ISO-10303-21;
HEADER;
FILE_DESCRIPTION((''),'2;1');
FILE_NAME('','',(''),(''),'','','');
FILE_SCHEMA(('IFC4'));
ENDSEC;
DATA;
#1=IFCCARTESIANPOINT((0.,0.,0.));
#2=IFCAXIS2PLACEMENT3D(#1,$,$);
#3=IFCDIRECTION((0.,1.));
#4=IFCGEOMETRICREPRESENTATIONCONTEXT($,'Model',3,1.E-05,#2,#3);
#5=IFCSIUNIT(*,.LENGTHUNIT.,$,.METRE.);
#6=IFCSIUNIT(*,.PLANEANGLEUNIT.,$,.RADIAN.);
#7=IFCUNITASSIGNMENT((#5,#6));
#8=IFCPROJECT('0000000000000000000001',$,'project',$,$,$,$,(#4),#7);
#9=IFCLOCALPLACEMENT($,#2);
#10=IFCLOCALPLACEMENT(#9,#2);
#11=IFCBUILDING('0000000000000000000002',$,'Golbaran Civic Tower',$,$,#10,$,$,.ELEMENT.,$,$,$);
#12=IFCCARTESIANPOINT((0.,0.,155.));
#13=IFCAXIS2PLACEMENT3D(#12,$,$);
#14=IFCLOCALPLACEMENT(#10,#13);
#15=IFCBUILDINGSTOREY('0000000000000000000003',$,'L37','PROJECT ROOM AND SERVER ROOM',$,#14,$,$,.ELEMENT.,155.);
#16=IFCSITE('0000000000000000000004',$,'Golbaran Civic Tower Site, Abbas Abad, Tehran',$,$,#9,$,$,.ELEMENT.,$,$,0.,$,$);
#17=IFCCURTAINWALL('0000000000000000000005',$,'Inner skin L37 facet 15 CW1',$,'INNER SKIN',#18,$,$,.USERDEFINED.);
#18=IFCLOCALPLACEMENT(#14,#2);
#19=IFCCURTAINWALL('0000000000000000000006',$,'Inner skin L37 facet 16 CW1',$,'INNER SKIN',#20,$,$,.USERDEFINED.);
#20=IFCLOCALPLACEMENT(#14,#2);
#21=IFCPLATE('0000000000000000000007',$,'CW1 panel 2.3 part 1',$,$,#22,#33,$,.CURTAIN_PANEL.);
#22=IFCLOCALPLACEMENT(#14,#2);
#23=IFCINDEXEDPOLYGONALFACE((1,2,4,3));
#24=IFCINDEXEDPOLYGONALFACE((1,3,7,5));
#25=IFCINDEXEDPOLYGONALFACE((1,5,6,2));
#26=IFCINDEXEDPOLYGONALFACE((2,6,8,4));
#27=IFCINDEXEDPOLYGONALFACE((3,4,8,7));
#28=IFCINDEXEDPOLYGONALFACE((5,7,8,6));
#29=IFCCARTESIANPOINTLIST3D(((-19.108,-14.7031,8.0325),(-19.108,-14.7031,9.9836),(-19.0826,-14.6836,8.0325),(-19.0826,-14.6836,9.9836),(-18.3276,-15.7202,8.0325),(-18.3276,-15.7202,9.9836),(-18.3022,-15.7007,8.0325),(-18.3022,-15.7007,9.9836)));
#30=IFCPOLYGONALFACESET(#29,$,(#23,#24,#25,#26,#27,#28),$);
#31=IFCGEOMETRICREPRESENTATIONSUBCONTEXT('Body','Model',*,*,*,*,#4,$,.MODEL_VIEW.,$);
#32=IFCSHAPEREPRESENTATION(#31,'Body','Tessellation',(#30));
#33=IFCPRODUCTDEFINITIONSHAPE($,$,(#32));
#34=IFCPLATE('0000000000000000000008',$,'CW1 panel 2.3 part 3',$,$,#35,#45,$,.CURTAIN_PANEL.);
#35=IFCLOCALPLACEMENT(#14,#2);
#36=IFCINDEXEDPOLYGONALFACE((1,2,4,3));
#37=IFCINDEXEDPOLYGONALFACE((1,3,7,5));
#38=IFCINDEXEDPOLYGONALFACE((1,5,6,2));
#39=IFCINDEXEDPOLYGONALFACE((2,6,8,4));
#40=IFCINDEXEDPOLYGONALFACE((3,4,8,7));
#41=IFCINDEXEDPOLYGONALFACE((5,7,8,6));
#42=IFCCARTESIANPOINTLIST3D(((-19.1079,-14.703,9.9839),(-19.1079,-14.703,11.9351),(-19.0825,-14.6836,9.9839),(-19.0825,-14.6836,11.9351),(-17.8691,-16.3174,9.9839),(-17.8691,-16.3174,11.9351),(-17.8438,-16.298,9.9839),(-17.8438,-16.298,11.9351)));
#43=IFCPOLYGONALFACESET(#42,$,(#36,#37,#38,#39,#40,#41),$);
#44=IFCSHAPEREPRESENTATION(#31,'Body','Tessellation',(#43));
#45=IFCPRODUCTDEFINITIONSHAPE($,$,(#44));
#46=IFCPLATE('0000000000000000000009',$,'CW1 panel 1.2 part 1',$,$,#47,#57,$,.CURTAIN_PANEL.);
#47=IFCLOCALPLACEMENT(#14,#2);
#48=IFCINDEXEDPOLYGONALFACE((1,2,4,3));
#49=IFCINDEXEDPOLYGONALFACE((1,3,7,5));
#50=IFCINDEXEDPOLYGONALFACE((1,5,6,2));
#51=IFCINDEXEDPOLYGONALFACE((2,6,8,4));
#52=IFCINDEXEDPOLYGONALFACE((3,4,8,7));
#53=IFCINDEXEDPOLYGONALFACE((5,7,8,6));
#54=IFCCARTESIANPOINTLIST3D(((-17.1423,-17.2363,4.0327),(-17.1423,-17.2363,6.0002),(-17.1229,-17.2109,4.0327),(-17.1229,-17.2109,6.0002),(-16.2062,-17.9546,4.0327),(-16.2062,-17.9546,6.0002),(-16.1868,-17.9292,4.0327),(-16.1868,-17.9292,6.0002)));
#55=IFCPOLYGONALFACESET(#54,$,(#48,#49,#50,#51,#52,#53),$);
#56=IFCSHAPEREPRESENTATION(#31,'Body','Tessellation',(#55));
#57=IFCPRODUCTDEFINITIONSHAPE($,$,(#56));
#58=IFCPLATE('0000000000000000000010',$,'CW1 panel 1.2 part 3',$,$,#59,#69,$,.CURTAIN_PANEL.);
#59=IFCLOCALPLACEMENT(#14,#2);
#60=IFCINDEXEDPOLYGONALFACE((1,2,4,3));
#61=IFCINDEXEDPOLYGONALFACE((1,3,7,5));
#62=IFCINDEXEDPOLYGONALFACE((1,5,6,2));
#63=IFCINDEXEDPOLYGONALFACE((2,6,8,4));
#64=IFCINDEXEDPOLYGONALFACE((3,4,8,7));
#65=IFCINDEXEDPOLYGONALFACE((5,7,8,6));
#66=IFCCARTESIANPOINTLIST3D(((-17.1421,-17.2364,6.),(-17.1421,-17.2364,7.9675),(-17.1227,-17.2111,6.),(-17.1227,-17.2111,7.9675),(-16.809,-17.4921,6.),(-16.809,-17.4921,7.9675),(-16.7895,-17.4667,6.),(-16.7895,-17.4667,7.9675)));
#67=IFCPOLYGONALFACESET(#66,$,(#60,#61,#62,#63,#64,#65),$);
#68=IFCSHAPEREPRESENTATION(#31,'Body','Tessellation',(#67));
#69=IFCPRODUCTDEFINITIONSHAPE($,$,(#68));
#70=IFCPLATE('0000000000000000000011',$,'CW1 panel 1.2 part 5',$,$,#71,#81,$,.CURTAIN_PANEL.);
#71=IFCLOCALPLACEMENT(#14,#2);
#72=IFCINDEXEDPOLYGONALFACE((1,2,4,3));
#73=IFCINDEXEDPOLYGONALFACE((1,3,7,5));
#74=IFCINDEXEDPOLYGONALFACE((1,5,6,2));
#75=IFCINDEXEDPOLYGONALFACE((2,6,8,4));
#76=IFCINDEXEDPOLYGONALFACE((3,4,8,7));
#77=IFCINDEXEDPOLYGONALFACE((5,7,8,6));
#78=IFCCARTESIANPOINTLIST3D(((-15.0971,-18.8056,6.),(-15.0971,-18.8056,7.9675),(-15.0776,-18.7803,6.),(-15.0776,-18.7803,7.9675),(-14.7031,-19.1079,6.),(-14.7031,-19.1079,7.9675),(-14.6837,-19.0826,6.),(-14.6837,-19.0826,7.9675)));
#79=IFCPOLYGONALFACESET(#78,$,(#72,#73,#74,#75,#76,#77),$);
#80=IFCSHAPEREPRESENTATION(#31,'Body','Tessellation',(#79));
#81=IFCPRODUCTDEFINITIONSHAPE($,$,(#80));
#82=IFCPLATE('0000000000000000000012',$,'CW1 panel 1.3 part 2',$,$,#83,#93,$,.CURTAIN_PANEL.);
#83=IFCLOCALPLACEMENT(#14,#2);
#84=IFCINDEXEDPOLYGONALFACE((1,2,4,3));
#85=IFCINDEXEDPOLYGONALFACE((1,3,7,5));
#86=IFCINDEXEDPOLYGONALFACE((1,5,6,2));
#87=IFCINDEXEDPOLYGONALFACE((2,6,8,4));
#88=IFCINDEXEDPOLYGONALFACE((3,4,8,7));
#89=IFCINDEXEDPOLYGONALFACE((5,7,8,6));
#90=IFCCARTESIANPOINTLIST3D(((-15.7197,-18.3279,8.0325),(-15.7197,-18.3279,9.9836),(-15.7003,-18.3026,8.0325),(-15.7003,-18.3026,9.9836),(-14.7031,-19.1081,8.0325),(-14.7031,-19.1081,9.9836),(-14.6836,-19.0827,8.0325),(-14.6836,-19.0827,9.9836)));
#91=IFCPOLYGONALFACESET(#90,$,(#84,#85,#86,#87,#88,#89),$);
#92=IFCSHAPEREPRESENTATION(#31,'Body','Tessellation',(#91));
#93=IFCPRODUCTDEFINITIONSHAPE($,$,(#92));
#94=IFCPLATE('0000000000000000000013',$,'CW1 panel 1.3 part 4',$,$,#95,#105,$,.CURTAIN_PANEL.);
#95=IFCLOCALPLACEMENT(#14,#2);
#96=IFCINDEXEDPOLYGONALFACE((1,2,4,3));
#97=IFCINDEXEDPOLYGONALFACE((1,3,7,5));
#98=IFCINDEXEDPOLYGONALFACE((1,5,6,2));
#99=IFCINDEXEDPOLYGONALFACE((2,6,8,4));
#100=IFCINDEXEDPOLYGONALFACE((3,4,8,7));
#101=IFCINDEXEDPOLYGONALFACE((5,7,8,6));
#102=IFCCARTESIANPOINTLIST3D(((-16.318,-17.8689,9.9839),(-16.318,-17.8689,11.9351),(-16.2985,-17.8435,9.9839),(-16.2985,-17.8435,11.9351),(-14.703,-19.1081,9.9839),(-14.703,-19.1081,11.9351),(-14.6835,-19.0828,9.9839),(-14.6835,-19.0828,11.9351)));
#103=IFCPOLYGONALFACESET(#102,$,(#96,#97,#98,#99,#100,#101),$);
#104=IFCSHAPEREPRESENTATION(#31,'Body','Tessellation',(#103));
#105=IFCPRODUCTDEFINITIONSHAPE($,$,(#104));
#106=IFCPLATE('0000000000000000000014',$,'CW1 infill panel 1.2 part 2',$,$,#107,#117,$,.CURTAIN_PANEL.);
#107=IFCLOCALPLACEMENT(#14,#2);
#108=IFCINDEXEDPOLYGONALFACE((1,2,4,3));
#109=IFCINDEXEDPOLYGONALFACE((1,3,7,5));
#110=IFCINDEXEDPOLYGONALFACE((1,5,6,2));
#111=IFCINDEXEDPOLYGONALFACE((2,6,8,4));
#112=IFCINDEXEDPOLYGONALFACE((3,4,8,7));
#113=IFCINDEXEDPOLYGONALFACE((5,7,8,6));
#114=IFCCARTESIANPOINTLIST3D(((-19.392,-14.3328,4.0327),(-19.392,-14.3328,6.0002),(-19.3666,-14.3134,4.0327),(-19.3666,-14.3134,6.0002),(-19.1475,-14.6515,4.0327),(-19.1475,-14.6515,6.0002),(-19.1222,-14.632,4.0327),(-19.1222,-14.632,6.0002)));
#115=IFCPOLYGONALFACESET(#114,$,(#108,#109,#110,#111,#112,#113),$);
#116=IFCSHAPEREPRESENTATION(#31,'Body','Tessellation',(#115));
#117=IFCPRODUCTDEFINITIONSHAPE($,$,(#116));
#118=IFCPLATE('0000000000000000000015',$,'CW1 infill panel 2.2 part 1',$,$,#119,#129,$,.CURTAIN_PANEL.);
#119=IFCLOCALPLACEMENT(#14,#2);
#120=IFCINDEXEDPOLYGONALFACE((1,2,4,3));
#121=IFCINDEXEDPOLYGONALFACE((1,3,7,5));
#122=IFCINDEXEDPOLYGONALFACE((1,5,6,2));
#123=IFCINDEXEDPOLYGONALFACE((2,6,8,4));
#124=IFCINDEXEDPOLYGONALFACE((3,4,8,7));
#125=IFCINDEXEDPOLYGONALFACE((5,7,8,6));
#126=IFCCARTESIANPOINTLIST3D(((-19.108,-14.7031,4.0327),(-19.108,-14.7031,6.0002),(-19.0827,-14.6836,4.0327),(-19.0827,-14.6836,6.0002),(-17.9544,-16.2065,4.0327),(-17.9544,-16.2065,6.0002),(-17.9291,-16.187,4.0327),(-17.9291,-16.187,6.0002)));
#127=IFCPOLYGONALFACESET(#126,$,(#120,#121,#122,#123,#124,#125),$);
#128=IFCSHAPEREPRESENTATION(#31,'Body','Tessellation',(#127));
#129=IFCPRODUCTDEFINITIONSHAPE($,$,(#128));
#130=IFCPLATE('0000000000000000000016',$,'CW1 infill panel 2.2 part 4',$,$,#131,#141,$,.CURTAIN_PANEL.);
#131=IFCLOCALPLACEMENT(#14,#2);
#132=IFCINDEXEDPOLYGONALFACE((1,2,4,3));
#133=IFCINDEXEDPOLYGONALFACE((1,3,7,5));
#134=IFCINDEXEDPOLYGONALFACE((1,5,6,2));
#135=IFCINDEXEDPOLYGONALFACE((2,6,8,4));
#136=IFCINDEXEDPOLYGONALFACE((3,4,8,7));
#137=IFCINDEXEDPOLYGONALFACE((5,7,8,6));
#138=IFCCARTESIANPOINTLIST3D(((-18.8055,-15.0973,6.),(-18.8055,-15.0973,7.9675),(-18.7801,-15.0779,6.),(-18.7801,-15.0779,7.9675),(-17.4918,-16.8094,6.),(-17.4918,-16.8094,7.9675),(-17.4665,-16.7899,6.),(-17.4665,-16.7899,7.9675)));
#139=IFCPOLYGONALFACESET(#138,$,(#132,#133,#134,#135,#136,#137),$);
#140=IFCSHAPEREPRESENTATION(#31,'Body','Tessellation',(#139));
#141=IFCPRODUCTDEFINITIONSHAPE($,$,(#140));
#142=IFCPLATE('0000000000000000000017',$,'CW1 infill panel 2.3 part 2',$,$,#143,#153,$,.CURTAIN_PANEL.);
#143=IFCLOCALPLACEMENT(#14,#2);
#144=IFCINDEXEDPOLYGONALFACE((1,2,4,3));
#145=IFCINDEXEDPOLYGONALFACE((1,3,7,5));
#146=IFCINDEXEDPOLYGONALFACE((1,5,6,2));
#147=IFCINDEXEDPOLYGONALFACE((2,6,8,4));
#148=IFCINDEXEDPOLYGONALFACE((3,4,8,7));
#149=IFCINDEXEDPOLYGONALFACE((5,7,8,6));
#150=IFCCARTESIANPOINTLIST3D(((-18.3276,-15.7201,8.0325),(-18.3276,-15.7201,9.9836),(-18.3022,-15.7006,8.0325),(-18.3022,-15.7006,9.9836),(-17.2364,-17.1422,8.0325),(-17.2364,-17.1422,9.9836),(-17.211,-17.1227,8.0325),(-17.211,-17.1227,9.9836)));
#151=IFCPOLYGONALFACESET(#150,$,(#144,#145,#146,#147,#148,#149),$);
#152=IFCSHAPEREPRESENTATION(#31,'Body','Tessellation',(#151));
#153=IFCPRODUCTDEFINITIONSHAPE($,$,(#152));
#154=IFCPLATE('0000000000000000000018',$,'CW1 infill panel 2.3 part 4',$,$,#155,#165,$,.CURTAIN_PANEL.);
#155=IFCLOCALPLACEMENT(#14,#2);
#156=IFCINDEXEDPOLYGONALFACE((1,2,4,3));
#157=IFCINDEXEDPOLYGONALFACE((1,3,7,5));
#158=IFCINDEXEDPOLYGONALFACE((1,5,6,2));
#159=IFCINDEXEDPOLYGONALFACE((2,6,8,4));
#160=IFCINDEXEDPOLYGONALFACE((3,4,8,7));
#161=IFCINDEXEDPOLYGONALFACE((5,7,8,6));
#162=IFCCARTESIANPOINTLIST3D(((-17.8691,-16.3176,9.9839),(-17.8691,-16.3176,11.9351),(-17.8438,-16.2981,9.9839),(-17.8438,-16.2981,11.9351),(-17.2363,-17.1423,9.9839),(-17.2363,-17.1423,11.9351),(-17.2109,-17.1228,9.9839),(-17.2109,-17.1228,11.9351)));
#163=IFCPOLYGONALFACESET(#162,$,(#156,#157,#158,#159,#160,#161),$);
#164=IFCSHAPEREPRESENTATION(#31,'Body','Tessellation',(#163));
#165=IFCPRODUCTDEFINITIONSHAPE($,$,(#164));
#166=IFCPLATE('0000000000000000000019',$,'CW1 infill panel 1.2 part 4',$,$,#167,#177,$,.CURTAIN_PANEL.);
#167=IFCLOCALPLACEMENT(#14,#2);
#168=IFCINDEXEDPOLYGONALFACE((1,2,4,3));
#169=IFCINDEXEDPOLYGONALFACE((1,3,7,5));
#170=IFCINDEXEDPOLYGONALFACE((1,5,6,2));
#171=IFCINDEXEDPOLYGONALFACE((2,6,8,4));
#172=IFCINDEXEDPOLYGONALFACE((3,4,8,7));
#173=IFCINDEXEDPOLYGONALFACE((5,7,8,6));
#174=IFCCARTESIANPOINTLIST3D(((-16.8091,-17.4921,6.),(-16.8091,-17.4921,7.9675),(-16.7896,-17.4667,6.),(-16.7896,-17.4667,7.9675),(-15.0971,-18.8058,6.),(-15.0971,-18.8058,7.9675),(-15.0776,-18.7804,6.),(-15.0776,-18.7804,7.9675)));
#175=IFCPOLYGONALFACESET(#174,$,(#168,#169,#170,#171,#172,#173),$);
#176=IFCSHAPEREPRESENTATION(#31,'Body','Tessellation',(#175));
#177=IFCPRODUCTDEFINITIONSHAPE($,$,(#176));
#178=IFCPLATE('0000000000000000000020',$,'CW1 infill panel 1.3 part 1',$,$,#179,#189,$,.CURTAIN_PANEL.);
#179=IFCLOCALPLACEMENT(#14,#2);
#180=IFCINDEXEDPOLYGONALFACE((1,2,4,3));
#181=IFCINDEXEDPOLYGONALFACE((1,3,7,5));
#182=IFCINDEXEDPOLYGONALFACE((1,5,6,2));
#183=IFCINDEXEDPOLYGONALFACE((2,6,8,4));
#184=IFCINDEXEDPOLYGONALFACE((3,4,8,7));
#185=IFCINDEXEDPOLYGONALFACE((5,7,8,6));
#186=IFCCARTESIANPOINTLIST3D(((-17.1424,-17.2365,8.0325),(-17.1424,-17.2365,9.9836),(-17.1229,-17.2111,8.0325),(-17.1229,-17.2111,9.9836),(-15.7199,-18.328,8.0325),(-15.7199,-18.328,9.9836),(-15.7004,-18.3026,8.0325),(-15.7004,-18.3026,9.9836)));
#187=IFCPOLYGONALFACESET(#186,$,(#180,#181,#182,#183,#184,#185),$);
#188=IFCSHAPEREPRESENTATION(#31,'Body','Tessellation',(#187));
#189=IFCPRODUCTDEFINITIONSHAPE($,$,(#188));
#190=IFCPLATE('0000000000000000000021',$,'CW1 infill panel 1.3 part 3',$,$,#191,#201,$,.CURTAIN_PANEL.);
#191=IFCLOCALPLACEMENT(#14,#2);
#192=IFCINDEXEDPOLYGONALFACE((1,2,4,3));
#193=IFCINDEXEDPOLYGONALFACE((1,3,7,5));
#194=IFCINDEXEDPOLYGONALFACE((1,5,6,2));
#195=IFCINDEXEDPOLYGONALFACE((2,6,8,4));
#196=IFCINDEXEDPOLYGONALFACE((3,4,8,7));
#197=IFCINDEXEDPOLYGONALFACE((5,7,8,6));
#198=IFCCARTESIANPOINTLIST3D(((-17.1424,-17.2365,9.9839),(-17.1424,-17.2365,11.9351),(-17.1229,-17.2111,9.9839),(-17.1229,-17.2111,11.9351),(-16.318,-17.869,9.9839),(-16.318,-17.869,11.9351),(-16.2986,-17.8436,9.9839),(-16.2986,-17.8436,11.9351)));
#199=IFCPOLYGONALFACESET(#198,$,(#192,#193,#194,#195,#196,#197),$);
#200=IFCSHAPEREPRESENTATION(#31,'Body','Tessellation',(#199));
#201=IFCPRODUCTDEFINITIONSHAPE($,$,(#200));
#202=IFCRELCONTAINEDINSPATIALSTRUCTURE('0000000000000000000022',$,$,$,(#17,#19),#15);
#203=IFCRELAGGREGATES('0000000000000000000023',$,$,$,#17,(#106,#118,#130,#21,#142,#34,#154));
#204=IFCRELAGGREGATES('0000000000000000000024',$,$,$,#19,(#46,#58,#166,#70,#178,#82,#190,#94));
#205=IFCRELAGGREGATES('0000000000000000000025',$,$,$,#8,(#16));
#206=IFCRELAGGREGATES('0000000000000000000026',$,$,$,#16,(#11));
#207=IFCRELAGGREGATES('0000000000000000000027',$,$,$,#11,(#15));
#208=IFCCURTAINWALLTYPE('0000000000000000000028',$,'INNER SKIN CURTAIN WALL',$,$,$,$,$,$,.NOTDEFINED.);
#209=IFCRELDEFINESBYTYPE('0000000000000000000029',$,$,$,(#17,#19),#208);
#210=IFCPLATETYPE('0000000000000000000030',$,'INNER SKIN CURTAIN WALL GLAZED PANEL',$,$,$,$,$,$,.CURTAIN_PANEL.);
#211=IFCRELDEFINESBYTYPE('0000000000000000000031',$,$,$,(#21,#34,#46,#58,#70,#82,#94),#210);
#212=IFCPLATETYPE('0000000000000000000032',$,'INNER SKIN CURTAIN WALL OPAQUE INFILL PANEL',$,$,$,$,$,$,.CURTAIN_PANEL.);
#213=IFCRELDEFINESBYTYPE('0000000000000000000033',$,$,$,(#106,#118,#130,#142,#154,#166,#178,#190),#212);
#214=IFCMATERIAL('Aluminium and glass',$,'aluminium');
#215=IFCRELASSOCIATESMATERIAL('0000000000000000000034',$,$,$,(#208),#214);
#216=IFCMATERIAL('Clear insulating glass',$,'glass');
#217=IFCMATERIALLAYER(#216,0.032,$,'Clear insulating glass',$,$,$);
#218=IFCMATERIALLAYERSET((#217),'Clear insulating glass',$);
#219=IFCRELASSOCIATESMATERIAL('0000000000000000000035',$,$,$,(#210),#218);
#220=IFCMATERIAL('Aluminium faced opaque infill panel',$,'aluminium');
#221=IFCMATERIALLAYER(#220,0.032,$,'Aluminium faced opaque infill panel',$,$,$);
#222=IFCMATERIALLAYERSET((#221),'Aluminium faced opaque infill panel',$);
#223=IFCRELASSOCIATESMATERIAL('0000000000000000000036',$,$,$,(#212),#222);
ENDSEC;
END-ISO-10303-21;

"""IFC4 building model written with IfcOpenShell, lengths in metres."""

from ifc_helpers import new_model, si_unit, direction, frame, origin, origin_2d, place, context, subcontext, project, spatial, rectangle, extrude, material, layer, layer_set, type_object, element, aggregate, save


model = new_model("IFC4")

# Units and contexts
model_context = context("Model", 3, precision=1e-05, world=origin(), true_north=direction((0.0, 1.0)))
body_context = subcontext(model_context, "Body", "Model", "MODEL_VIEW")
ifc_project = project(units=[si_unit("LENGTHUNIT", "METRE"), si_unit("PLANEANGLEUNIT", "RADIAN")], contexts=[model_context])

# Site, building, storey
site_placement = place(None, origin())
site = spatial("IfcSite", under=ifc_project, at=site_placement, Name="Golbaran Civic Tower Site, Abbas Abad, Tehran", CompositionType="ELEMENT", RefElevation=0.0)
building_placement = place(site_placement, origin())
building = spatial("IfcBuilding", under=site, at=building_placement, Name="Golbaran Civic Tower", CompositionType="ELEMENT")
storey_placement = place(building_placement, frame((0.0, 0.0, 155.0)))
storey = spatial("IfcBuildingStorey", under=building, at=storey_placement, Name="L37", Description="PROJECT ROOM AND SERVER ROOM", CompositionType="ELEMENT", Elevation=155.0)

# Curtain walls
ifc_material_1 = material(Name="Aluminium and glass", Category="aluminium")
curtain_wall_type = type_object("IfcCurtainWallType", Name="INNER SKIN CURTAIN WALL", PredefinedType="NOTDEFINED", material=ifc_material_1)
curtain_wall_1_placement = place(storey_placement, origin())
curtain_wall_1 = element("IfcCurtainWall", 1, at=curtain_wall_1_placement, inside=storey, type_object=curtain_wall_type, Name="Inner skin L37 facet 15 CW1", ObjectType="INNER SKIN", PredefinedType="USERDEFINED")
curtain_wall_2_placement = place(storey_placement, origin())
curtain_wall_2 = element("IfcCurtainWall", 2, at=curtain_wall_2_placement, inside=storey, type_object=curtain_wall_type, Name="Inner skin L37 facet 16 CW1", ObjectType="INNER SKIN", PredefinedType="USERDEFINED")

# Shared definitions
ifc_material_2 = material(Name="Clear insulating glass", Category="glass")
ifc_layer_1 = layer(ifc_material_2, 0.032, Name="Clear insulating glass")
ifc_layer_set_1 = layer_set([ifc_layer_1], Name="Clear insulating glass")
plate_type_1 = type_object("IfcPlateType", Name="INNER SKIN CURTAIN WALL GLAZED PANEL", PredefinedType="CURTAIN_PANEL", material=ifc_layer_set_1)

# Plates
plate_1_placement = place(storey_placement, frame((-18.7051, -15.2019, 8.0325), z_axis=(0.0, 0.0, 1.0), x_axis=(0.608761, -0.793353, 0.0)))
plate_1 = element("IfcPlate", 3, at=plate_1_placement, type_object=plate_type_1, Name="CW1 panel 2.3 part 1", PredefinedType="CURTAIN_PANEL", context=body_context, shape_type="SweptSolid", body=[
    extrude(rectangle(XDim=1.282, YDim=0.032, at=origin_2d()), origin(), (0.0, 0.0, 1.0), 1.9512),
])
plate_2_placement = place(storey_placement, frame((-18.4758, -15.5005, 9.9839), z_axis=(0.0, 0.0, 1.0), x_axis=(0.608761, -0.793353, 0.0)))
plate_2 = element("IfcPlate", 4, at=plate_2_placement, type_object=plate_type_1, Name="CW1 panel 2.3 part 3", PredefinedType="CURTAIN_PANEL", context=body_context, shape_type="SweptSolid", body=[
    extrude(rectangle(XDim=2.0349, YDim=0.032, at=origin_2d()), origin(), (0.0, 0.0, 1.0), 1.9512),
])
plate_3_placement = place(storey_placement, frame((-16.6646, -17.5828, 4.0327), z_axis=(0.0, 0.0, 1.0), x_axis=(0.793353, -0.608761, 0.0)))
plate_3 = element("IfcPlate", 5, at=plate_3_placement, type_object=plate_type_1, Name="CW1 panel 1.2 part 1", PredefinedType="CURTAIN_PANEL", context=body_context, shape_type="SweptSolid", body=[
    extrude(rectangle(XDim=1.1799, YDim=0.032, at=origin_2d()), origin(), (0.0, 0.0, 1.0), 1.9675),
])
plate_4_placement = place(storey_placement, frame((-16.9658, -17.3516, 6.0), z_axis=(0.0, 0.0, 1.0), x_axis=(0.793353, -0.608761, 0.0)))
plate_4 = element("IfcPlate", 6, at=plate_4_placement, type_object=plate_type_1, Name="CW1 panel 1.2 part 3", PredefinedType="CURTAIN_PANEL", context=body_context, shape_type="SweptSolid", body=[
    extrude(rectangle(XDim=0.4199, YDim=0.032, at=origin_2d()), origin(), (0.0, 0.0, 1.0), 1.9675),
])
plate_5_placement = place(storey_placement, frame((-14.8904, -18.9441, 6.0), z_axis=(0.0, 0.0, 1.0), x_axis=(0.793353, -0.608761, 0.0)))
plate_5 = element("IfcPlate", 7, at=plate_5_placement, type_object=plate_type_1, Name="CW1 panel 1.2 part 5", PredefinedType="CURTAIN_PANEL", context=body_context, shape_type="SweptSolid", body=[
    extrude(rectangle(XDim=0.4966, YDim=0.032, at=origin_2d()), origin(), (0.0, 0.0, 1.0), 1.9675),
])
plate_6_placement = place(storey_placement, frame((-15.2017, -18.7053, 8.0325), z_axis=(0.0, 0.0, 1.0), x_axis=(0.793353, -0.608761, 0.0)))
plate_6 = element("IfcPlate", 8, at=plate_6_placement, type_object=plate_type_1, Name="CW1 panel 1.3 part 2", PredefinedType="CURTAIN_PANEL", context=body_context, shape_type="SweptSolid", body=[
    extrude(rectangle(XDim=1.2815, YDim=0.032, at=origin_2d()), origin(), (0.0, 0.0, 1.0), 1.9512),
])
plate_7_placement = place(storey_placement, frame((-15.5007, -18.4758, 9.9839), z_axis=(0.0, 0.0, 1.0), x_axis=(0.793353, -0.608761, 0.0)))
plate_7 = element("IfcPlate", 9, at=plate_7_placement, type_object=plate_type_1, Name="CW1 panel 1.3 part 4", PredefinedType="CURTAIN_PANEL", context=body_context, shape_type="SweptSolid", body=[
    extrude(rectangle(XDim=2.0356, YDim=0.032, at=origin_2d()), origin(), (0.0, 0.0, 1.0), 1.9512),
])
ifc_material_3 = material(Name="Aluminium faced opaque infill panel", Category="aluminium")
ifc_layer_2 = layer(ifc_material_3, 0.032, Name="Aluminium faced opaque infill panel")
ifc_layer_set_2 = layer_set([ifc_layer_2], Name="Aluminium faced opaque infill panel")
plate_type_2 = type_object("IfcPlateType", Name="INNER SKIN CURTAIN WALL OPAQUE INFILL PANEL", PredefinedType="CURTAIN_PANEL", material=ifc_layer_set_2)
plate_8_placement = place(storey_placement, frame((-19.2571, -14.4824, 4.0327), z_axis=(0.0, 0.0, 1.0), x_axis=(0.608761, -0.793353, 0.0)))
plate_8 = element("IfcPlate", 10, at=plate_8_placement, type_object=plate_type_2, Name="CW1 infill panel 1.2 part 2", PredefinedType="CURTAIN_PANEL", context=body_context, shape_type="SweptSolid", body=[
    extrude(rectangle(XDim=0.4016, YDim=0.032, at=origin_2d()), origin(), (0.0, 0.0, 1.0), 1.9675),
])
plate_9_placement = place(storey_placement, frame((-18.5186, -15.4451, 4.0327), z_axis=(0.0, 0.0, 1.0), x_axis=(0.608761, -0.793353, 0.0)))
plate_9 = element("IfcPlate", 11, at=plate_9_placement, type_object=plate_type_2, Name="CW1 infill panel 2.2 part 1", PredefinedType="CURTAIN_PANEL", context=body_context, shape_type="SweptSolid", body=[
    extrude(rectangle(XDim=1.895, YDim=0.032, at=origin_2d()), origin(), (0.0, 0.0, 1.0), 1.9675),
])
plate_10_placement = place(storey_placement, frame((-18.136, -15.9436, 6.0), z_axis=(0.0, 0.0, 1.0), x_axis=(0.608761, -0.793353, 0.0)))
plate_10 = element("IfcPlate", 12, at=plate_10_placement, type_object=plate_type_2, Name="CW1 infill panel 2.2 part 4", PredefinedType="CURTAIN_PANEL", context=body_context, shape_type="SweptSolid", body=[
    extrude(rectangle(XDim=2.158, YDim=0.032, at=origin_2d()), origin(), (0.0, 0.0, 1.0), 1.9675),
])
plate_11_placement = place(storey_placement, frame((-17.7693, -16.4214, 8.0325), z_axis=(0.0, 0.0, 1.0), x_axis=(0.608761, -0.793353, 0.0)))
plate_11 = element("IfcPlate", 13, at=plate_11_placement, type_object=plate_type_2, Name="CW1 infill panel 2.3 part 2", PredefinedType="CURTAIN_PANEL", context=body_context, shape_type="SweptSolid", body=[
    extrude(rectangle(XDim=1.7925, YDim=0.032, at=origin_2d()), origin(), (0.0, 0.0, 1.0), 1.9512),
])
plate_12_placement = place(storey_placement, frame((-17.54, -16.7202, 9.9839), z_axis=(0.0, 0.0, 1.0), x_axis=(0.608761, -0.793353, 0.0)))
plate_12 = element("IfcPlate", 14, at=plate_12_placement, type_object=plate_type_2, Name="CW1 infill panel 2.3 part 4", PredefinedType="CURTAIN_PANEL", context=body_context, shape_type="SweptSolid", body=[
    extrude(rectangle(XDim=1.0396, YDim=0.032, at=origin_2d()), origin(), (0.0, 0.0, 1.0), 1.9512),
])
aggregate(curtain_wall_1, [plate_8, plate_9, plate_10, plate_1, plate_11, plate_2, plate_12])
plate_13_placement = place(storey_placement, frame((-15.9434, -18.1362, 6.0), z_axis=(0.0, 0.0, 1.0), x_axis=(0.793353, -0.608761, 0.0)))
plate_13 = element("IfcPlate", 15, at=plate_13_placement, type_object=plate_type_2, Name="CW1 infill panel 1.2 part 4", PredefinedType="CURTAIN_PANEL", context=body_context, shape_type="SweptSolid", body=[
    extrude(rectangle(XDim=2.158, YDim=0.032, at=origin_2d()), origin(), (0.0, 0.0, 1.0), 1.9675),
])
plate_14_placement = place(storey_placement, frame((-16.4214, -17.7695, 8.0325), z_axis=(0.0, 0.0, 1.0), x_axis=(0.793353, -0.608761, 0.0)))
plate_14 = element("IfcPlate", 16, at=plate_14_placement, type_object=plate_type_2, Name="CW1 infill panel 1.3 part 1", PredefinedType="CURTAIN_PANEL", context=body_context, shape_type="SweptSolid", body=[
    extrude(rectangle(XDim=1.793, YDim=0.032, at=origin_2d()), origin(), (0.0, 0.0, 1.0), 1.9512),
])
plate_15_placement = place(storey_placement, frame((-16.7205, -17.54, 9.9839), z_axis=(0.0, 0.0, 1.0), x_axis=(0.793353, -0.608761, 0.0)))
plate_15 = element("IfcPlate", 17, at=plate_15_placement, type_object=plate_type_2, Name="CW1 infill panel 1.3 part 3", PredefinedType="CURTAIN_PANEL", context=body_context, shape_type="SweptSolid", body=[
    extrude(rectangle(XDim=1.0391, YDim=0.032, at=origin_2d()), origin(), (0.0, 0.0, 1.0), 1.9512),
])
aggregate(curtain_wall_2, [plate_3, plate_4, plate_13, plate_5, plate_14, plate_6, plate_15, plate_7])

save(model, "model.ifc")
